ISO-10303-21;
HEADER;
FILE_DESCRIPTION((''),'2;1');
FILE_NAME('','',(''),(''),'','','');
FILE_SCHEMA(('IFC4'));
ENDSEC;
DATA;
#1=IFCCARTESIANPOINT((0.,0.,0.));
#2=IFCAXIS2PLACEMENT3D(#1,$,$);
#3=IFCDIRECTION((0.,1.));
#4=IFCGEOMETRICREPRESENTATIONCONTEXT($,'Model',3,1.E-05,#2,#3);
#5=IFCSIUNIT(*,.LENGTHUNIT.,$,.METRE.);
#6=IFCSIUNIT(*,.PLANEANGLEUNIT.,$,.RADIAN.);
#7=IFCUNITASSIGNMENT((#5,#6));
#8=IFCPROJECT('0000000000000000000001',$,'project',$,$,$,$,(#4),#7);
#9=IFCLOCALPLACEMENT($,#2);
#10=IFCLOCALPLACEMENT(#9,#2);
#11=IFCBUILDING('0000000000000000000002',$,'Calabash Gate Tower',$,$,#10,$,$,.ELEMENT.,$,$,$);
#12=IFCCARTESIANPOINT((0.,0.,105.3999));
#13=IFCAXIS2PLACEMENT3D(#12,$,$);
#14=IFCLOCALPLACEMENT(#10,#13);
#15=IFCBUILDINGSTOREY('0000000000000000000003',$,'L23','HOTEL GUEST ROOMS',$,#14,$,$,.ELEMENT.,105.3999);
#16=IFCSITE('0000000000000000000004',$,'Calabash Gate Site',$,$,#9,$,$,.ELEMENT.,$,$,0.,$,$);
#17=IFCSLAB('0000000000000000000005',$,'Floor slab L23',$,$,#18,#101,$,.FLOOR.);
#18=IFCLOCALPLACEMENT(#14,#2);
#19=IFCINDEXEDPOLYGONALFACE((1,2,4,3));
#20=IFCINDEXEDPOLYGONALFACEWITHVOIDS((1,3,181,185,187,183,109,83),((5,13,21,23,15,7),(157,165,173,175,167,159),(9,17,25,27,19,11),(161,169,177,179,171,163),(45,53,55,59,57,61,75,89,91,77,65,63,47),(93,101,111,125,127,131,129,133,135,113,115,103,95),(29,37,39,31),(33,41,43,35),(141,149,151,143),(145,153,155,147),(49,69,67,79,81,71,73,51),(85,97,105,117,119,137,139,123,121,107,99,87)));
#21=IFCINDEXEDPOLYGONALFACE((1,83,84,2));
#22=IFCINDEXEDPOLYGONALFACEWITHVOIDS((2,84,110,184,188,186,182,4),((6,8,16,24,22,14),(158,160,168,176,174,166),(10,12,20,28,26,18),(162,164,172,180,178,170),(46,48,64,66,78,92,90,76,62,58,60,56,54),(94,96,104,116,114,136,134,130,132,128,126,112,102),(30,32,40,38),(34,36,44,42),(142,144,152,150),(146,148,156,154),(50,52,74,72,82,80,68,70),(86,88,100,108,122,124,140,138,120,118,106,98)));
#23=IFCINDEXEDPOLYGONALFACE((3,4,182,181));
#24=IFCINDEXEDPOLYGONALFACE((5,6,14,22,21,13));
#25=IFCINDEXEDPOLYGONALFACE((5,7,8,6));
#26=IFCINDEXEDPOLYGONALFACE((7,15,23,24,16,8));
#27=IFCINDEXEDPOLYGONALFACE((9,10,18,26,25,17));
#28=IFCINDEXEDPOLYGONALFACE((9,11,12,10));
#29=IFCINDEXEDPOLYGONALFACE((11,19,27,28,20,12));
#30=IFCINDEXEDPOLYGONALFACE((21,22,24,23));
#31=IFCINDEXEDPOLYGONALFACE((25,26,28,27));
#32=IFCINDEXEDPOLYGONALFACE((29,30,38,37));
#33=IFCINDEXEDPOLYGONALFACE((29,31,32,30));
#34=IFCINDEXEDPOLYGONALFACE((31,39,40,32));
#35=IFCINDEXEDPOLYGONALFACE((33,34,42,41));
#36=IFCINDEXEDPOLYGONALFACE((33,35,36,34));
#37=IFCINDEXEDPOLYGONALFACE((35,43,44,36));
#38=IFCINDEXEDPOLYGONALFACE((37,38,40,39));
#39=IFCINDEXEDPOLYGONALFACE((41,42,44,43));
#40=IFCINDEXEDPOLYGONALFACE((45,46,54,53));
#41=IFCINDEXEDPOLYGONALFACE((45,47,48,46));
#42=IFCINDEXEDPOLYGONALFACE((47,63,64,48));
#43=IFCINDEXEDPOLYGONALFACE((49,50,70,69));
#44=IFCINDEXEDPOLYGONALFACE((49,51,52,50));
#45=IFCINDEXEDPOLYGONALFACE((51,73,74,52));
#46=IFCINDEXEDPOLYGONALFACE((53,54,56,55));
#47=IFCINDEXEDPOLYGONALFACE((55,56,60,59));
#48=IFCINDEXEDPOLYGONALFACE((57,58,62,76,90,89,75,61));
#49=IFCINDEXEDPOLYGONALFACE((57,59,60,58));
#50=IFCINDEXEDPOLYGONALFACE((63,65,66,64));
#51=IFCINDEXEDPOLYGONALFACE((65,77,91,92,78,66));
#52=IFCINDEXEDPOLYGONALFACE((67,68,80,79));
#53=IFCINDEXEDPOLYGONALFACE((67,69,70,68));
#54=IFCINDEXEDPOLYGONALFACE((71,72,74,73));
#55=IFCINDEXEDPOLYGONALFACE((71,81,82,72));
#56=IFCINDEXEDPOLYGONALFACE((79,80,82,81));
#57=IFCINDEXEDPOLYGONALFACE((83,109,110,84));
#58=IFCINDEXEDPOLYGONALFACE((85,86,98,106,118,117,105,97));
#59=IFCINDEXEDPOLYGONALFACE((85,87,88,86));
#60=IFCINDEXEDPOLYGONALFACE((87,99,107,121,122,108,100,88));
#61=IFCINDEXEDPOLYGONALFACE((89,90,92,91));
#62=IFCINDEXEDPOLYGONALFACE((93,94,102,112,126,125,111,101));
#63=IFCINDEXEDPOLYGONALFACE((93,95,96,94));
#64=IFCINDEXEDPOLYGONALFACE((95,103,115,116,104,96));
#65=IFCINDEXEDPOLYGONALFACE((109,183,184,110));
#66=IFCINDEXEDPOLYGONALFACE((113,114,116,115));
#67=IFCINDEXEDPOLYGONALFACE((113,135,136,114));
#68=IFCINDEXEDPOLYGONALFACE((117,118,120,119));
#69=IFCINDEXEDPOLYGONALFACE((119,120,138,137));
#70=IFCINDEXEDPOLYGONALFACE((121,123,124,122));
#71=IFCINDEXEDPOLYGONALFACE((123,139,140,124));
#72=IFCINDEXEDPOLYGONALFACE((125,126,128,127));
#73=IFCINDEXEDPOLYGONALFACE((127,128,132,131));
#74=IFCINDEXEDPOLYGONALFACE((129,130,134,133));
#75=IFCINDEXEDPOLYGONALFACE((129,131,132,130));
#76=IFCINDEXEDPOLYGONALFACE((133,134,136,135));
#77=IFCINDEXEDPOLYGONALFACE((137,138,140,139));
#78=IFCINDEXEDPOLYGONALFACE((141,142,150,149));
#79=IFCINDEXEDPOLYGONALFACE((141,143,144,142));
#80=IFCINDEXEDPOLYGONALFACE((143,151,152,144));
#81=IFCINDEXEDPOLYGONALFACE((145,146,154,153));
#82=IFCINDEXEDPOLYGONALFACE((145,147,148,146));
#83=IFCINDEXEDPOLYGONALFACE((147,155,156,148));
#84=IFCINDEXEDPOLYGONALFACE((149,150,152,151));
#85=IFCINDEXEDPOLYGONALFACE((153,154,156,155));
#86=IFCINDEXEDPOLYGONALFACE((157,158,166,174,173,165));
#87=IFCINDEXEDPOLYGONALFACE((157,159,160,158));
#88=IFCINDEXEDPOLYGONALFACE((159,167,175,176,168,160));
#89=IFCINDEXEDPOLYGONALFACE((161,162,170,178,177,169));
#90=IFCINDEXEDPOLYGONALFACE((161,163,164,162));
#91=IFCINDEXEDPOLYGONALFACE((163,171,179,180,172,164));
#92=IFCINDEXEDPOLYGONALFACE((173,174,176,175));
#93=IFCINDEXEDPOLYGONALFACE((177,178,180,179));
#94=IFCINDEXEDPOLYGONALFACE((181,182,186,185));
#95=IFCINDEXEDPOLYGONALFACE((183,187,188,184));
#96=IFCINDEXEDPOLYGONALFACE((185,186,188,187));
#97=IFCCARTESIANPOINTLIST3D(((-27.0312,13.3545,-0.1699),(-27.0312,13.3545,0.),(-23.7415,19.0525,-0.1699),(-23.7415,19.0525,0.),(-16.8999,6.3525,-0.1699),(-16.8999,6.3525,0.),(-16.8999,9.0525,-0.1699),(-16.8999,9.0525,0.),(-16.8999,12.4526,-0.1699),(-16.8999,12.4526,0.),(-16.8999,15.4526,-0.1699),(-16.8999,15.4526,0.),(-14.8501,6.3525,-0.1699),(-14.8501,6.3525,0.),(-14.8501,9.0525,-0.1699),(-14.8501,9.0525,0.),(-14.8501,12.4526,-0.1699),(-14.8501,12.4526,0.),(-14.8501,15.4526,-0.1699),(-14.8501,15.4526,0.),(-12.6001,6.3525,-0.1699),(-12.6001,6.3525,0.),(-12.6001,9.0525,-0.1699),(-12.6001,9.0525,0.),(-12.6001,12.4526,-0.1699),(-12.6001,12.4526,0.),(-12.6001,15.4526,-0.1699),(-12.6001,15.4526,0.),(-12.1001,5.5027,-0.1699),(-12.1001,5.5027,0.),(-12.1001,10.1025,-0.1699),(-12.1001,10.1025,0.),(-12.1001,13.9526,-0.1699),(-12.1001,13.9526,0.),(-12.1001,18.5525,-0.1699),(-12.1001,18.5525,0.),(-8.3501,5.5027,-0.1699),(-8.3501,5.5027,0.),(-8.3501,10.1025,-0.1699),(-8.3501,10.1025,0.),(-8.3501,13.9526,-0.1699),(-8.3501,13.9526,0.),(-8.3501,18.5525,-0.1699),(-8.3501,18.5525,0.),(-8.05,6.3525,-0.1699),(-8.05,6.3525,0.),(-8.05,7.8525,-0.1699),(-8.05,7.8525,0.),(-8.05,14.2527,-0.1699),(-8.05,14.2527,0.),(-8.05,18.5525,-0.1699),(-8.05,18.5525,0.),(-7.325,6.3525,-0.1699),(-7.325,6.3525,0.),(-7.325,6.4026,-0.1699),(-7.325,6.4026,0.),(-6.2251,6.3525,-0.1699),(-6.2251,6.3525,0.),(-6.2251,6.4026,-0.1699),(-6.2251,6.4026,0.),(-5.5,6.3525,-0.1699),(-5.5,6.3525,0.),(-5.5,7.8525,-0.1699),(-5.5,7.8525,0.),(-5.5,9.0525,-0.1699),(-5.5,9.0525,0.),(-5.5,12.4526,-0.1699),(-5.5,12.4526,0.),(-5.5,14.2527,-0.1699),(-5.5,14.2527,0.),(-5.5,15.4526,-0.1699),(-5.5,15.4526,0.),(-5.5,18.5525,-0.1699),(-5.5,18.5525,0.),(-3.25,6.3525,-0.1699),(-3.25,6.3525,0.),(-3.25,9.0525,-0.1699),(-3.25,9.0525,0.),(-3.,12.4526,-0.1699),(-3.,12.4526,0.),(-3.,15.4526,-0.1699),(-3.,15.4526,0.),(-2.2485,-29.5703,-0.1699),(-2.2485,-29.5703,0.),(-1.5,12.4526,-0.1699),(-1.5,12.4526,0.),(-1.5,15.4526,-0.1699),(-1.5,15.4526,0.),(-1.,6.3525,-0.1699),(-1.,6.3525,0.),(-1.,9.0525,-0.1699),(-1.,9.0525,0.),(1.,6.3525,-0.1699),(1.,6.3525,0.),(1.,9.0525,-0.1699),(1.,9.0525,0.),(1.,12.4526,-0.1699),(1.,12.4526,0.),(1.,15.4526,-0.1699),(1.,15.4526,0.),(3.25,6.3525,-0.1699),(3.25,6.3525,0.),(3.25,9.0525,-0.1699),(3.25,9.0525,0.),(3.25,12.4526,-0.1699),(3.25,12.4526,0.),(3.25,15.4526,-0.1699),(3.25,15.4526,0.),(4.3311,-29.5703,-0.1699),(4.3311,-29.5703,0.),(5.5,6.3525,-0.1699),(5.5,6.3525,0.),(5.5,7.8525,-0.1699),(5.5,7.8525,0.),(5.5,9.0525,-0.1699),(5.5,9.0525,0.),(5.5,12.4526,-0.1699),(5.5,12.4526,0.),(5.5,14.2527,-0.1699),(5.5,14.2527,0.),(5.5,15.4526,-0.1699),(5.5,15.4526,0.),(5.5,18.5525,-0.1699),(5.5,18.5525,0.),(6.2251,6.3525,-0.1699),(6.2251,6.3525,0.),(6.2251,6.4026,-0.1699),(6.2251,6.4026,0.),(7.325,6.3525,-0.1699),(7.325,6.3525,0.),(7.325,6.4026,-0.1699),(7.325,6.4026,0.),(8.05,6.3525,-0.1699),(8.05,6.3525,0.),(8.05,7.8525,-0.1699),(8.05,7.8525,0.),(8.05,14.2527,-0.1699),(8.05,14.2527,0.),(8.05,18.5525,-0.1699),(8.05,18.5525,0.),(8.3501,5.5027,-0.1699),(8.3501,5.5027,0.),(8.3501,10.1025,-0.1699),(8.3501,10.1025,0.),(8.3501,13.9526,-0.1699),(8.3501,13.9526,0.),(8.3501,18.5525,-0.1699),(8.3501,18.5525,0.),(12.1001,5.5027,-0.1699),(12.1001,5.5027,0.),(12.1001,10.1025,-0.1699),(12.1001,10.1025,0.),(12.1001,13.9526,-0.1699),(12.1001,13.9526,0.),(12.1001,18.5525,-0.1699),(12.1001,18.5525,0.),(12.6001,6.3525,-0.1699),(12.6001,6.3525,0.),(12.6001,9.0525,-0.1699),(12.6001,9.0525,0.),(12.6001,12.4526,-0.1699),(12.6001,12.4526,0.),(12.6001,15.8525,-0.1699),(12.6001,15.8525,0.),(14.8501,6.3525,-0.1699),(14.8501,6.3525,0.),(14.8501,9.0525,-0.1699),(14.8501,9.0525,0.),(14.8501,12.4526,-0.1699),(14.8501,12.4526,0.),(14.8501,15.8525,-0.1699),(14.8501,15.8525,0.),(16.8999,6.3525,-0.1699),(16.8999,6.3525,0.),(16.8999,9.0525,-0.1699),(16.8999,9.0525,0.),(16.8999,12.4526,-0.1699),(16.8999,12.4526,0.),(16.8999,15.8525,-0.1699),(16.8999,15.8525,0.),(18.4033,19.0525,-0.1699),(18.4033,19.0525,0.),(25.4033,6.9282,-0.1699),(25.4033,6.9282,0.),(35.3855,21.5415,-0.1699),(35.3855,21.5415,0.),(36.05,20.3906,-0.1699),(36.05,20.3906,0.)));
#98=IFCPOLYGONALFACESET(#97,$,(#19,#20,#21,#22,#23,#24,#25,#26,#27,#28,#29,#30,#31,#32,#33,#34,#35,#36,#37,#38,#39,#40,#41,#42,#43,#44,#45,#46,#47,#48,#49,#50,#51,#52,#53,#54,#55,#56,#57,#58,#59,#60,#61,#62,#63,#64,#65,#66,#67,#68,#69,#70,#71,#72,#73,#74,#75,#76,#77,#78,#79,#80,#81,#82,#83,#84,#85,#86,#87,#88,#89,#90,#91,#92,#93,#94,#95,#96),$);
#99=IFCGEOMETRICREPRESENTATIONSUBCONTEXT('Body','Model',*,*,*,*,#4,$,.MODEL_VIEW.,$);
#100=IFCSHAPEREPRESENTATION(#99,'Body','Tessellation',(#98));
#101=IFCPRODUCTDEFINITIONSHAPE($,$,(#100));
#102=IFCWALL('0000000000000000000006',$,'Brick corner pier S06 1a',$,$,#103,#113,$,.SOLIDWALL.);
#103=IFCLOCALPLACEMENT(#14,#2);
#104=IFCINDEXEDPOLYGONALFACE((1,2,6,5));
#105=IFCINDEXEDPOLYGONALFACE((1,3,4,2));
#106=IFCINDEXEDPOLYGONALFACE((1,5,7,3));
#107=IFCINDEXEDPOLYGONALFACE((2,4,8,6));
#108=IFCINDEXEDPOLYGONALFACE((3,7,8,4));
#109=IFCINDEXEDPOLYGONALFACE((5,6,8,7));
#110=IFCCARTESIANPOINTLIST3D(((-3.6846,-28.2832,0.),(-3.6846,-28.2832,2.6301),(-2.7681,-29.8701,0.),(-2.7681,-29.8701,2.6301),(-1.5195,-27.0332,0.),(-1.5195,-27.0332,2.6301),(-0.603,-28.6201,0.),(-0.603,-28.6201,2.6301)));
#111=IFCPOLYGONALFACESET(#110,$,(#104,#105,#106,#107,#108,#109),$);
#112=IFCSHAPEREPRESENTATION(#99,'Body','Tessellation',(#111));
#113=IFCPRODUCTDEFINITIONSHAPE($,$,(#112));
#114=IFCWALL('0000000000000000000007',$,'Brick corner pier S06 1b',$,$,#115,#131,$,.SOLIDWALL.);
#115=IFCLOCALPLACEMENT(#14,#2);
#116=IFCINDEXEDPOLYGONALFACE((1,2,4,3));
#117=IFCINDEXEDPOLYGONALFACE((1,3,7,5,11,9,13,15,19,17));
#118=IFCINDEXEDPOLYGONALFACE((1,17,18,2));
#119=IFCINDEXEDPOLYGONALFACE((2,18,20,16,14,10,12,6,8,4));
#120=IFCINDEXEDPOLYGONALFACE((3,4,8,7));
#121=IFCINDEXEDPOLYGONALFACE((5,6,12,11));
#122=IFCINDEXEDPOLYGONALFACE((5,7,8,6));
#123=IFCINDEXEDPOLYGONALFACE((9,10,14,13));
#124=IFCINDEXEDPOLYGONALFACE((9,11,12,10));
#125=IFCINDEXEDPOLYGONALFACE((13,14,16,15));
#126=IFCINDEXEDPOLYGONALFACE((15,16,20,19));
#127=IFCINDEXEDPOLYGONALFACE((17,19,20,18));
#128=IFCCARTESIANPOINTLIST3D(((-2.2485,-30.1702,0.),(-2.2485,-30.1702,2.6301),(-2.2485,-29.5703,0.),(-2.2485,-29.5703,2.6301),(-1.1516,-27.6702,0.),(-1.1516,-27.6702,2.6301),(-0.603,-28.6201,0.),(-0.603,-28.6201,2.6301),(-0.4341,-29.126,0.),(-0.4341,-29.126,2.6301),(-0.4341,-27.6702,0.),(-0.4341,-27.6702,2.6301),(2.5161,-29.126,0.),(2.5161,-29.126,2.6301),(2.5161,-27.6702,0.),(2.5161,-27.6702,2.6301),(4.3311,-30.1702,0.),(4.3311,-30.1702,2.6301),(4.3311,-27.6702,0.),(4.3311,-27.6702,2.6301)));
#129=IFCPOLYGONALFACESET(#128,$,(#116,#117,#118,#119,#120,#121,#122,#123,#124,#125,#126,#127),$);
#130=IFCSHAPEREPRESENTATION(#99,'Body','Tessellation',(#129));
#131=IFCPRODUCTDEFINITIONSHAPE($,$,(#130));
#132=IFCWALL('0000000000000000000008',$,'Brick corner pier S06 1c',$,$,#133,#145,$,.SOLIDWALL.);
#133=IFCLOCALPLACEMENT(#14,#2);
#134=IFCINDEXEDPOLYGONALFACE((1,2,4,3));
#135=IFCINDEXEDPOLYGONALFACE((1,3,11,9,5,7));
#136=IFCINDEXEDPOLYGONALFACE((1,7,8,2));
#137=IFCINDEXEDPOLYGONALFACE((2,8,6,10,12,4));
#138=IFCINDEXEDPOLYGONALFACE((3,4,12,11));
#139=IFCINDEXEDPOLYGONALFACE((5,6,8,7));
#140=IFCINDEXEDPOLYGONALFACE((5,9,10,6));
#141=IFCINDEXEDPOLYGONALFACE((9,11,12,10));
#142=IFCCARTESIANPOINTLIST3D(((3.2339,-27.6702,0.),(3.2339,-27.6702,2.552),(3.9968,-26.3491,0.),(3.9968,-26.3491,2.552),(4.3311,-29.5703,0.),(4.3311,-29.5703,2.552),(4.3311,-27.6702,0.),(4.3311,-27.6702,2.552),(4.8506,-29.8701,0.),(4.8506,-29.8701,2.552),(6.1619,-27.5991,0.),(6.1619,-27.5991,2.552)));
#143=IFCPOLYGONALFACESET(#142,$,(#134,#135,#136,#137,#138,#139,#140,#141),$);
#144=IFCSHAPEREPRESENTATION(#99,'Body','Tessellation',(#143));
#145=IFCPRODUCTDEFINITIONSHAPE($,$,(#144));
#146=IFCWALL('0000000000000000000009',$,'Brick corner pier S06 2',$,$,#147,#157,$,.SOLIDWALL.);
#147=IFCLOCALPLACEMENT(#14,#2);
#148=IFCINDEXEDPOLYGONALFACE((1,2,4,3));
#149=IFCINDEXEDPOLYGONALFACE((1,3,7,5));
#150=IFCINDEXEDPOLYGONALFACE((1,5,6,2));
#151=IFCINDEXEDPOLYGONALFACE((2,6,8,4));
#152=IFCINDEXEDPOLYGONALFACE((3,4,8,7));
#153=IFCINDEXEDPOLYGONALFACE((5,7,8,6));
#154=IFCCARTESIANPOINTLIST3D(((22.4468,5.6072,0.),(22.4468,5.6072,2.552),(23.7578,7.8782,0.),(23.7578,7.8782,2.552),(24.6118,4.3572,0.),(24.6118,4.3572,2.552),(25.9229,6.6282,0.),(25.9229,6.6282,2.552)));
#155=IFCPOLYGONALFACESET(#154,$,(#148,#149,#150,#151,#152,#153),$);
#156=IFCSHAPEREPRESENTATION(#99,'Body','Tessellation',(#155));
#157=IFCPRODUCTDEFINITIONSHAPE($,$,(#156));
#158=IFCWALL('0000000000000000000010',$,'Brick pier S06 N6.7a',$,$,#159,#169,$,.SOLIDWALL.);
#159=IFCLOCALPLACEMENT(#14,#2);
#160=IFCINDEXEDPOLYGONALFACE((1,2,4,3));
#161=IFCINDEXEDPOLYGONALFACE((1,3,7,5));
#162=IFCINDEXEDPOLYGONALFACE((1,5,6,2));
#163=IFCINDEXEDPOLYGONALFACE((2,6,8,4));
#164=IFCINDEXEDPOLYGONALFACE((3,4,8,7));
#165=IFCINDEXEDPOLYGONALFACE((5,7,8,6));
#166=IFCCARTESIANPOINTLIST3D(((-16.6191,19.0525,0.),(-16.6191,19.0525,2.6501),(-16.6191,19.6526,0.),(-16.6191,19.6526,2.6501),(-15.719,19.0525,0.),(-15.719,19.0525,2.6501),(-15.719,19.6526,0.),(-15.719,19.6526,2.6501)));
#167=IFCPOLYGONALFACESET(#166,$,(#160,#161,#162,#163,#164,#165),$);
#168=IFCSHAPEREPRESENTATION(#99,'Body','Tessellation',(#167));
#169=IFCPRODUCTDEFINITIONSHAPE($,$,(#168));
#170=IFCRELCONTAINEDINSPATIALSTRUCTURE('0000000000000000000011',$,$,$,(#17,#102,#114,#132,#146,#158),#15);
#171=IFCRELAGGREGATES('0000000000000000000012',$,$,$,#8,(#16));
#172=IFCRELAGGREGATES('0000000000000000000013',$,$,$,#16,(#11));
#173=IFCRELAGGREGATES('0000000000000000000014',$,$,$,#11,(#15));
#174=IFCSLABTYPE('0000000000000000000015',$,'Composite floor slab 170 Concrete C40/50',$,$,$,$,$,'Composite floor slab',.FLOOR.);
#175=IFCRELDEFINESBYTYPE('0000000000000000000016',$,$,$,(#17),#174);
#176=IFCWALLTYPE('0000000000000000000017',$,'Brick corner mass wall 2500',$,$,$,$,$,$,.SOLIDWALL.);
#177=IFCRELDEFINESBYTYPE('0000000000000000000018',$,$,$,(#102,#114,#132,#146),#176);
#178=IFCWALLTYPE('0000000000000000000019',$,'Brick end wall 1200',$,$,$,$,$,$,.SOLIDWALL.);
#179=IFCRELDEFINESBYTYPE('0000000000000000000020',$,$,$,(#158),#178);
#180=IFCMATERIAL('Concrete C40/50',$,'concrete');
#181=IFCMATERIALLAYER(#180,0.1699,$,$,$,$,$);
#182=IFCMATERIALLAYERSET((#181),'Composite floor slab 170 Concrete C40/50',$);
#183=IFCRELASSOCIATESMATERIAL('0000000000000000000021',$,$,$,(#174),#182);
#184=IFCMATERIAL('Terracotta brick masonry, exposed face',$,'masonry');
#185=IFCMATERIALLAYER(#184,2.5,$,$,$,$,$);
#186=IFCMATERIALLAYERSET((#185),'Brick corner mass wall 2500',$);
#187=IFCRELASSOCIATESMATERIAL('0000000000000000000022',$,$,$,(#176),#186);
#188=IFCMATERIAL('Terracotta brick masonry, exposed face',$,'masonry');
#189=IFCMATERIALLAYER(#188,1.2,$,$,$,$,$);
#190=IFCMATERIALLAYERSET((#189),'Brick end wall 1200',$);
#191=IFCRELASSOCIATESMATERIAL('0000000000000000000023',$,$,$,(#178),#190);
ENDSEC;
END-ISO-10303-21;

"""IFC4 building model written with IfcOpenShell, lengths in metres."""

from ifc_helpers import new_model, si_unit, direction, frame, origin, place, context, subcontext, project, spatial, polyline, outline, extrude, material, layer, layer_set, type_object, element, save


model = new_model("IFC4")

# Units and contexts
model_context = context("Model", 3, precision=1e-05, world=origin(), true_north=direction((0.0, 1.0)))
body_context = subcontext(model_context, "Body", "Model", "MODEL_VIEW")
ifc_project = project(units=[si_unit("LENGTHUNIT", "METRE"), si_unit("PLANEANGLEUNIT", "RADIAN")], contexts=[model_context])

# Site, building, storey
site_placement = place(None, origin())
site = spatial("IfcSite", under=ifc_project, at=site_placement, Name="Calabash Gate Site", CompositionType="ELEMENT", RefElevation=0.0)
building_placement = place(site_placement, origin())
building = spatial("IfcBuilding", under=site, at=building_placement, Name="Calabash Gate Tower", CompositionType="ELEMENT")
storey_placement = place(building_placement, frame((0.0, 0.0, 105.3999)))
storey = spatial("IfcBuildingStorey", under=building, at=storey_placement, Name="L23", Description="HOTEL GUEST ROOMS", CompositionType="ELEMENT", Elevation=105.3999)

# Slab
ifc_material_1 = material(Name="Concrete C40/50", Category="concrete")
ifc_layer_1 = layer(ifc_material_1, 0.1699)
ifc_layer_set_1 = layer_set([ifc_layer_1], Name="Composite floor slab 170 Concrete C40/50")
slab_type = type_object("IfcSlabType", Name="Composite floor slab 170 Concrete C40/50", ElementType="Composite floor slab", PredefinedType="FLOOR", material=ifc_layer_set_1)
slab_placement = place(storey_placement, frame((0.0, 0.0, -0.1699)))
element("IfcSlab", 1, at=slab_placement, inside=storey, type_object=slab_type, Name="Floor slab L23", PredefinedType="FLOOR", context=body_context, shape_type="SweptSolid", body=[
    extrude(outline(polyline([(-27.0312, 13.3545), (-23.7415, 19.0525), (18.4033, 19.0525), (35.3855, 21.5415), (36.05, 20.3906), (25.4033, 6.9282), (4.3311, -29.5703), (-2.2485, -29.5703), (-27.0312, 13.3545)]), holes=[polyline([(-5.5, 9.0525), (-5.5, 7.8525), (-8.05, 7.8525), (-8.05, 6.3525), (-7.325, 6.3525), (-7.325, 6.4026), (-6.2251, 6.4026), (-6.2251, 6.3525), (-5.5, 6.3525), (-3.25, 6.3525), (-1.0, 6.3525), (-1.0, 9.0525), (-3.25, 9.0525), (-5.5, 9.0525)]), polyline([(5.5, 9.0525), (3.25, 9.0525), (1.0, 9.0525), (1.0, 6.3525), (3.25, 6.3525), (5.5, 6.3525), (6.2251, 6.3525), (6.2251, 6.4026), (7.325, 6.4026), (7.325, 6.3525), (8.05, 6.3525), (8.05, 7.8525), (5.5, 7.8525), (5.5, 9.0525)]), polyline([(-5.5, 14.2527), (-5.5, 12.4526), (-3.0, 12.4526), (-3.0, 15.4526), (-5.5, 15.4526), (-5.5, 18.5525), (-8.05, 18.5525), (-8.05, 14.2527), (-5.5, 14.2527)]), polyline([(8.05, 18.5525), (5.5, 18.5525), (5.5, 15.4526), (3.25, 15.4526), (1.0, 15.4526), (-1.5, 15.4526), (-1.5, 12.4526), (1.0, 12.4526), (3.25, 12.4526), (5.5, 12.4526), (5.5, 14.2527), (8.05, 14.2527), (8.05, 18.5525)]), polyline([(-12.6001, 6.3525), (-12.6001, 9.0525), (-14.8501, 9.0525), (-16.8999, 9.0525), (-16.8999, 6.3525), (-14.8501, 6.3525), (-12.6001, 6.3525)]), polyline([(-14.8501, 12.4526), (-12.6001, 12.4526), (-12.6001, 15.4526), (-14.8501, 15.4526), (-16.8999, 15.4526), (-16.8999, 12.4526), (-14.8501, 12.4526)]), polyline([(14.8501, 6.3525), (16.8999, 6.3525), (16.8999, 9.0525), (14.8501, 9.0525), (12.6001, 9.0525), (12.6001, 6.3525), (14.8501, 6.3525)]), polyline([(14.8501, 12.4526), (16.8999, 12.4526), (16.8999, 15.8525), (14.8501, 15.8525), (12.6001, 15.8525), (12.6001, 12.4526), (14.8501, 12.4526)]), polyline([(-8.3501, 18.5525), (-12.1001, 18.5525), (-12.1001, 13.9526), (-8.3501, 13.9526), (-8.3501, 18.5525)]), polyline([(-12.1001, 10.1025), (-12.1001, 5.5027), (-8.3501, 5.5027), (-8.3501, 10.1025), (-12.1001, 10.1025)]), polyline([(8.3501, 13.9526), (12.1001, 13.9526), (12.1001, 18.5525), (8.3501, 18.5525), (8.3501, 13.9526)]), polyline([(12.1001, 5.5027), (12.1001, 10.1025), (8.3501, 10.1025), (8.3501, 5.5027), (12.1001, 5.5027)])]), origin(), (0.0, 0.0, 1.0), 0.1699),
])

# Walls
ifc_material_2 = material(Name="Terracotta brick masonry, exposed face", Category="masonry")
ifc_layer_2 = layer(ifc_material_2, 2.5)
ifc_layer_set_2 = layer_set([ifc_layer_2], Name="Brick corner mass wall 2500")
wall_type_1 = type_object("IfcWallType", Name="Brick corner mass wall 2500", PredefinedType="SOLIDWALL", material=ifc_layer_set_2)
wall_1_placement = place(storey_placement, origin())
element("IfcWall", 2, at=wall_1_placement, inside=storey, type_object=wall_type_1, Name="Brick corner pier S06 1a", PredefinedType="SOLIDWALL", context=body_context, shape_type="SweptSolid", body=[
    extrude(outline(polyline([(-0.603, -28.6201), (-1.5195, -27.0332), (-3.6846, -28.2832), (-2.7681, -29.8701), (-0.603, -28.6201)])), origin(), (0.0, 0.0, 1.0), 2.6301),
])
wall_2_placement = place(storey_placement, origin())
element("IfcWall", 3, at=wall_2_placement, inside=storey, type_object=wall_type_1, Name="Brick corner pier S06 1b", PredefinedType="SOLIDWALL", context=body_context, shape_type="SweptSolid", body=[
    extrude(outline(polyline([(-0.4341, -27.6702), (-1.1516, -27.6702), (-0.603, -28.6201), (-2.2485, -29.5703), (-2.2485, -30.1702), (4.3311, -30.1702), (4.3311, -27.6702), (2.5161, -27.6702), (2.5161, -29.126), (-0.4341, -29.126), (-0.4341, -27.6702)])), origin(), (0.0, 0.0, 1.0), 2.6301),
])
wall_3_placement = place(storey_placement, origin())
element("IfcWall", 4, at=wall_3_placement, inside=storey, type_object=wall_type_1, Name="Brick corner pier S06 1c", PredefinedType="SOLIDWALL", context=body_context, shape_type="SweptSolid", body=[
    extrude(outline(polyline([(6.1619, -27.5991), (3.9968, -26.3491), (3.2339, -27.6702), (4.3311, -27.6702), (4.3311, -29.5703), (4.8506, -29.8701), (6.1619, -27.5991)])), origin(), (0.0, 0.0, 1.0), 2.552),
])
wall_4_placement = place(storey_placement, origin())
element("IfcWall", 5, at=wall_4_placement, inside=storey, type_object=wall_type_1, Name="Brick corner pier S06 2", PredefinedType="SOLIDWALL", context=body_context, shape_type="SweptSolid", body=[
    extrude(outline(polyline([(23.7578, 7.8782), (22.4468, 5.6072), (24.6118, 4.3572), (25.9229, 6.6282), (23.7578, 7.8782)])), origin(), (0.0, 0.0, 1.0), 2.552),
])
ifc_material_3 = material(Name="Terracotta brick masonry, exposed face", Category="masonry")
ifc_layer_3 = layer(ifc_material_3, 1.2)
ifc_layer_set_3 = layer_set([ifc_layer_3], Name="Brick end wall 1200")
wall_type_2 = type_object("IfcWallType", Name="Brick end wall 1200", PredefinedType="SOLIDWALL", material=ifc_layer_set_3)
wall_5_placement = place(storey_placement, origin())
element("IfcWall", 6, at=wall_5_placement, inside=storey, type_object=wall_type_2, Name="Brick pier S06 N6.7a", PredefinedType="SOLIDWALL", context=body_context, shape_type="SweptSolid", body=[
    extrude(outline(polyline([(-15.719, 19.0525), (-15.719, 19.6526), (-16.6191, 19.6526), (-16.6191, 19.0525), (-15.719, 19.0525)])), origin(), (0.0, 0.0, 1.0), 2.6501),
])

save(model, "model.ifc")
